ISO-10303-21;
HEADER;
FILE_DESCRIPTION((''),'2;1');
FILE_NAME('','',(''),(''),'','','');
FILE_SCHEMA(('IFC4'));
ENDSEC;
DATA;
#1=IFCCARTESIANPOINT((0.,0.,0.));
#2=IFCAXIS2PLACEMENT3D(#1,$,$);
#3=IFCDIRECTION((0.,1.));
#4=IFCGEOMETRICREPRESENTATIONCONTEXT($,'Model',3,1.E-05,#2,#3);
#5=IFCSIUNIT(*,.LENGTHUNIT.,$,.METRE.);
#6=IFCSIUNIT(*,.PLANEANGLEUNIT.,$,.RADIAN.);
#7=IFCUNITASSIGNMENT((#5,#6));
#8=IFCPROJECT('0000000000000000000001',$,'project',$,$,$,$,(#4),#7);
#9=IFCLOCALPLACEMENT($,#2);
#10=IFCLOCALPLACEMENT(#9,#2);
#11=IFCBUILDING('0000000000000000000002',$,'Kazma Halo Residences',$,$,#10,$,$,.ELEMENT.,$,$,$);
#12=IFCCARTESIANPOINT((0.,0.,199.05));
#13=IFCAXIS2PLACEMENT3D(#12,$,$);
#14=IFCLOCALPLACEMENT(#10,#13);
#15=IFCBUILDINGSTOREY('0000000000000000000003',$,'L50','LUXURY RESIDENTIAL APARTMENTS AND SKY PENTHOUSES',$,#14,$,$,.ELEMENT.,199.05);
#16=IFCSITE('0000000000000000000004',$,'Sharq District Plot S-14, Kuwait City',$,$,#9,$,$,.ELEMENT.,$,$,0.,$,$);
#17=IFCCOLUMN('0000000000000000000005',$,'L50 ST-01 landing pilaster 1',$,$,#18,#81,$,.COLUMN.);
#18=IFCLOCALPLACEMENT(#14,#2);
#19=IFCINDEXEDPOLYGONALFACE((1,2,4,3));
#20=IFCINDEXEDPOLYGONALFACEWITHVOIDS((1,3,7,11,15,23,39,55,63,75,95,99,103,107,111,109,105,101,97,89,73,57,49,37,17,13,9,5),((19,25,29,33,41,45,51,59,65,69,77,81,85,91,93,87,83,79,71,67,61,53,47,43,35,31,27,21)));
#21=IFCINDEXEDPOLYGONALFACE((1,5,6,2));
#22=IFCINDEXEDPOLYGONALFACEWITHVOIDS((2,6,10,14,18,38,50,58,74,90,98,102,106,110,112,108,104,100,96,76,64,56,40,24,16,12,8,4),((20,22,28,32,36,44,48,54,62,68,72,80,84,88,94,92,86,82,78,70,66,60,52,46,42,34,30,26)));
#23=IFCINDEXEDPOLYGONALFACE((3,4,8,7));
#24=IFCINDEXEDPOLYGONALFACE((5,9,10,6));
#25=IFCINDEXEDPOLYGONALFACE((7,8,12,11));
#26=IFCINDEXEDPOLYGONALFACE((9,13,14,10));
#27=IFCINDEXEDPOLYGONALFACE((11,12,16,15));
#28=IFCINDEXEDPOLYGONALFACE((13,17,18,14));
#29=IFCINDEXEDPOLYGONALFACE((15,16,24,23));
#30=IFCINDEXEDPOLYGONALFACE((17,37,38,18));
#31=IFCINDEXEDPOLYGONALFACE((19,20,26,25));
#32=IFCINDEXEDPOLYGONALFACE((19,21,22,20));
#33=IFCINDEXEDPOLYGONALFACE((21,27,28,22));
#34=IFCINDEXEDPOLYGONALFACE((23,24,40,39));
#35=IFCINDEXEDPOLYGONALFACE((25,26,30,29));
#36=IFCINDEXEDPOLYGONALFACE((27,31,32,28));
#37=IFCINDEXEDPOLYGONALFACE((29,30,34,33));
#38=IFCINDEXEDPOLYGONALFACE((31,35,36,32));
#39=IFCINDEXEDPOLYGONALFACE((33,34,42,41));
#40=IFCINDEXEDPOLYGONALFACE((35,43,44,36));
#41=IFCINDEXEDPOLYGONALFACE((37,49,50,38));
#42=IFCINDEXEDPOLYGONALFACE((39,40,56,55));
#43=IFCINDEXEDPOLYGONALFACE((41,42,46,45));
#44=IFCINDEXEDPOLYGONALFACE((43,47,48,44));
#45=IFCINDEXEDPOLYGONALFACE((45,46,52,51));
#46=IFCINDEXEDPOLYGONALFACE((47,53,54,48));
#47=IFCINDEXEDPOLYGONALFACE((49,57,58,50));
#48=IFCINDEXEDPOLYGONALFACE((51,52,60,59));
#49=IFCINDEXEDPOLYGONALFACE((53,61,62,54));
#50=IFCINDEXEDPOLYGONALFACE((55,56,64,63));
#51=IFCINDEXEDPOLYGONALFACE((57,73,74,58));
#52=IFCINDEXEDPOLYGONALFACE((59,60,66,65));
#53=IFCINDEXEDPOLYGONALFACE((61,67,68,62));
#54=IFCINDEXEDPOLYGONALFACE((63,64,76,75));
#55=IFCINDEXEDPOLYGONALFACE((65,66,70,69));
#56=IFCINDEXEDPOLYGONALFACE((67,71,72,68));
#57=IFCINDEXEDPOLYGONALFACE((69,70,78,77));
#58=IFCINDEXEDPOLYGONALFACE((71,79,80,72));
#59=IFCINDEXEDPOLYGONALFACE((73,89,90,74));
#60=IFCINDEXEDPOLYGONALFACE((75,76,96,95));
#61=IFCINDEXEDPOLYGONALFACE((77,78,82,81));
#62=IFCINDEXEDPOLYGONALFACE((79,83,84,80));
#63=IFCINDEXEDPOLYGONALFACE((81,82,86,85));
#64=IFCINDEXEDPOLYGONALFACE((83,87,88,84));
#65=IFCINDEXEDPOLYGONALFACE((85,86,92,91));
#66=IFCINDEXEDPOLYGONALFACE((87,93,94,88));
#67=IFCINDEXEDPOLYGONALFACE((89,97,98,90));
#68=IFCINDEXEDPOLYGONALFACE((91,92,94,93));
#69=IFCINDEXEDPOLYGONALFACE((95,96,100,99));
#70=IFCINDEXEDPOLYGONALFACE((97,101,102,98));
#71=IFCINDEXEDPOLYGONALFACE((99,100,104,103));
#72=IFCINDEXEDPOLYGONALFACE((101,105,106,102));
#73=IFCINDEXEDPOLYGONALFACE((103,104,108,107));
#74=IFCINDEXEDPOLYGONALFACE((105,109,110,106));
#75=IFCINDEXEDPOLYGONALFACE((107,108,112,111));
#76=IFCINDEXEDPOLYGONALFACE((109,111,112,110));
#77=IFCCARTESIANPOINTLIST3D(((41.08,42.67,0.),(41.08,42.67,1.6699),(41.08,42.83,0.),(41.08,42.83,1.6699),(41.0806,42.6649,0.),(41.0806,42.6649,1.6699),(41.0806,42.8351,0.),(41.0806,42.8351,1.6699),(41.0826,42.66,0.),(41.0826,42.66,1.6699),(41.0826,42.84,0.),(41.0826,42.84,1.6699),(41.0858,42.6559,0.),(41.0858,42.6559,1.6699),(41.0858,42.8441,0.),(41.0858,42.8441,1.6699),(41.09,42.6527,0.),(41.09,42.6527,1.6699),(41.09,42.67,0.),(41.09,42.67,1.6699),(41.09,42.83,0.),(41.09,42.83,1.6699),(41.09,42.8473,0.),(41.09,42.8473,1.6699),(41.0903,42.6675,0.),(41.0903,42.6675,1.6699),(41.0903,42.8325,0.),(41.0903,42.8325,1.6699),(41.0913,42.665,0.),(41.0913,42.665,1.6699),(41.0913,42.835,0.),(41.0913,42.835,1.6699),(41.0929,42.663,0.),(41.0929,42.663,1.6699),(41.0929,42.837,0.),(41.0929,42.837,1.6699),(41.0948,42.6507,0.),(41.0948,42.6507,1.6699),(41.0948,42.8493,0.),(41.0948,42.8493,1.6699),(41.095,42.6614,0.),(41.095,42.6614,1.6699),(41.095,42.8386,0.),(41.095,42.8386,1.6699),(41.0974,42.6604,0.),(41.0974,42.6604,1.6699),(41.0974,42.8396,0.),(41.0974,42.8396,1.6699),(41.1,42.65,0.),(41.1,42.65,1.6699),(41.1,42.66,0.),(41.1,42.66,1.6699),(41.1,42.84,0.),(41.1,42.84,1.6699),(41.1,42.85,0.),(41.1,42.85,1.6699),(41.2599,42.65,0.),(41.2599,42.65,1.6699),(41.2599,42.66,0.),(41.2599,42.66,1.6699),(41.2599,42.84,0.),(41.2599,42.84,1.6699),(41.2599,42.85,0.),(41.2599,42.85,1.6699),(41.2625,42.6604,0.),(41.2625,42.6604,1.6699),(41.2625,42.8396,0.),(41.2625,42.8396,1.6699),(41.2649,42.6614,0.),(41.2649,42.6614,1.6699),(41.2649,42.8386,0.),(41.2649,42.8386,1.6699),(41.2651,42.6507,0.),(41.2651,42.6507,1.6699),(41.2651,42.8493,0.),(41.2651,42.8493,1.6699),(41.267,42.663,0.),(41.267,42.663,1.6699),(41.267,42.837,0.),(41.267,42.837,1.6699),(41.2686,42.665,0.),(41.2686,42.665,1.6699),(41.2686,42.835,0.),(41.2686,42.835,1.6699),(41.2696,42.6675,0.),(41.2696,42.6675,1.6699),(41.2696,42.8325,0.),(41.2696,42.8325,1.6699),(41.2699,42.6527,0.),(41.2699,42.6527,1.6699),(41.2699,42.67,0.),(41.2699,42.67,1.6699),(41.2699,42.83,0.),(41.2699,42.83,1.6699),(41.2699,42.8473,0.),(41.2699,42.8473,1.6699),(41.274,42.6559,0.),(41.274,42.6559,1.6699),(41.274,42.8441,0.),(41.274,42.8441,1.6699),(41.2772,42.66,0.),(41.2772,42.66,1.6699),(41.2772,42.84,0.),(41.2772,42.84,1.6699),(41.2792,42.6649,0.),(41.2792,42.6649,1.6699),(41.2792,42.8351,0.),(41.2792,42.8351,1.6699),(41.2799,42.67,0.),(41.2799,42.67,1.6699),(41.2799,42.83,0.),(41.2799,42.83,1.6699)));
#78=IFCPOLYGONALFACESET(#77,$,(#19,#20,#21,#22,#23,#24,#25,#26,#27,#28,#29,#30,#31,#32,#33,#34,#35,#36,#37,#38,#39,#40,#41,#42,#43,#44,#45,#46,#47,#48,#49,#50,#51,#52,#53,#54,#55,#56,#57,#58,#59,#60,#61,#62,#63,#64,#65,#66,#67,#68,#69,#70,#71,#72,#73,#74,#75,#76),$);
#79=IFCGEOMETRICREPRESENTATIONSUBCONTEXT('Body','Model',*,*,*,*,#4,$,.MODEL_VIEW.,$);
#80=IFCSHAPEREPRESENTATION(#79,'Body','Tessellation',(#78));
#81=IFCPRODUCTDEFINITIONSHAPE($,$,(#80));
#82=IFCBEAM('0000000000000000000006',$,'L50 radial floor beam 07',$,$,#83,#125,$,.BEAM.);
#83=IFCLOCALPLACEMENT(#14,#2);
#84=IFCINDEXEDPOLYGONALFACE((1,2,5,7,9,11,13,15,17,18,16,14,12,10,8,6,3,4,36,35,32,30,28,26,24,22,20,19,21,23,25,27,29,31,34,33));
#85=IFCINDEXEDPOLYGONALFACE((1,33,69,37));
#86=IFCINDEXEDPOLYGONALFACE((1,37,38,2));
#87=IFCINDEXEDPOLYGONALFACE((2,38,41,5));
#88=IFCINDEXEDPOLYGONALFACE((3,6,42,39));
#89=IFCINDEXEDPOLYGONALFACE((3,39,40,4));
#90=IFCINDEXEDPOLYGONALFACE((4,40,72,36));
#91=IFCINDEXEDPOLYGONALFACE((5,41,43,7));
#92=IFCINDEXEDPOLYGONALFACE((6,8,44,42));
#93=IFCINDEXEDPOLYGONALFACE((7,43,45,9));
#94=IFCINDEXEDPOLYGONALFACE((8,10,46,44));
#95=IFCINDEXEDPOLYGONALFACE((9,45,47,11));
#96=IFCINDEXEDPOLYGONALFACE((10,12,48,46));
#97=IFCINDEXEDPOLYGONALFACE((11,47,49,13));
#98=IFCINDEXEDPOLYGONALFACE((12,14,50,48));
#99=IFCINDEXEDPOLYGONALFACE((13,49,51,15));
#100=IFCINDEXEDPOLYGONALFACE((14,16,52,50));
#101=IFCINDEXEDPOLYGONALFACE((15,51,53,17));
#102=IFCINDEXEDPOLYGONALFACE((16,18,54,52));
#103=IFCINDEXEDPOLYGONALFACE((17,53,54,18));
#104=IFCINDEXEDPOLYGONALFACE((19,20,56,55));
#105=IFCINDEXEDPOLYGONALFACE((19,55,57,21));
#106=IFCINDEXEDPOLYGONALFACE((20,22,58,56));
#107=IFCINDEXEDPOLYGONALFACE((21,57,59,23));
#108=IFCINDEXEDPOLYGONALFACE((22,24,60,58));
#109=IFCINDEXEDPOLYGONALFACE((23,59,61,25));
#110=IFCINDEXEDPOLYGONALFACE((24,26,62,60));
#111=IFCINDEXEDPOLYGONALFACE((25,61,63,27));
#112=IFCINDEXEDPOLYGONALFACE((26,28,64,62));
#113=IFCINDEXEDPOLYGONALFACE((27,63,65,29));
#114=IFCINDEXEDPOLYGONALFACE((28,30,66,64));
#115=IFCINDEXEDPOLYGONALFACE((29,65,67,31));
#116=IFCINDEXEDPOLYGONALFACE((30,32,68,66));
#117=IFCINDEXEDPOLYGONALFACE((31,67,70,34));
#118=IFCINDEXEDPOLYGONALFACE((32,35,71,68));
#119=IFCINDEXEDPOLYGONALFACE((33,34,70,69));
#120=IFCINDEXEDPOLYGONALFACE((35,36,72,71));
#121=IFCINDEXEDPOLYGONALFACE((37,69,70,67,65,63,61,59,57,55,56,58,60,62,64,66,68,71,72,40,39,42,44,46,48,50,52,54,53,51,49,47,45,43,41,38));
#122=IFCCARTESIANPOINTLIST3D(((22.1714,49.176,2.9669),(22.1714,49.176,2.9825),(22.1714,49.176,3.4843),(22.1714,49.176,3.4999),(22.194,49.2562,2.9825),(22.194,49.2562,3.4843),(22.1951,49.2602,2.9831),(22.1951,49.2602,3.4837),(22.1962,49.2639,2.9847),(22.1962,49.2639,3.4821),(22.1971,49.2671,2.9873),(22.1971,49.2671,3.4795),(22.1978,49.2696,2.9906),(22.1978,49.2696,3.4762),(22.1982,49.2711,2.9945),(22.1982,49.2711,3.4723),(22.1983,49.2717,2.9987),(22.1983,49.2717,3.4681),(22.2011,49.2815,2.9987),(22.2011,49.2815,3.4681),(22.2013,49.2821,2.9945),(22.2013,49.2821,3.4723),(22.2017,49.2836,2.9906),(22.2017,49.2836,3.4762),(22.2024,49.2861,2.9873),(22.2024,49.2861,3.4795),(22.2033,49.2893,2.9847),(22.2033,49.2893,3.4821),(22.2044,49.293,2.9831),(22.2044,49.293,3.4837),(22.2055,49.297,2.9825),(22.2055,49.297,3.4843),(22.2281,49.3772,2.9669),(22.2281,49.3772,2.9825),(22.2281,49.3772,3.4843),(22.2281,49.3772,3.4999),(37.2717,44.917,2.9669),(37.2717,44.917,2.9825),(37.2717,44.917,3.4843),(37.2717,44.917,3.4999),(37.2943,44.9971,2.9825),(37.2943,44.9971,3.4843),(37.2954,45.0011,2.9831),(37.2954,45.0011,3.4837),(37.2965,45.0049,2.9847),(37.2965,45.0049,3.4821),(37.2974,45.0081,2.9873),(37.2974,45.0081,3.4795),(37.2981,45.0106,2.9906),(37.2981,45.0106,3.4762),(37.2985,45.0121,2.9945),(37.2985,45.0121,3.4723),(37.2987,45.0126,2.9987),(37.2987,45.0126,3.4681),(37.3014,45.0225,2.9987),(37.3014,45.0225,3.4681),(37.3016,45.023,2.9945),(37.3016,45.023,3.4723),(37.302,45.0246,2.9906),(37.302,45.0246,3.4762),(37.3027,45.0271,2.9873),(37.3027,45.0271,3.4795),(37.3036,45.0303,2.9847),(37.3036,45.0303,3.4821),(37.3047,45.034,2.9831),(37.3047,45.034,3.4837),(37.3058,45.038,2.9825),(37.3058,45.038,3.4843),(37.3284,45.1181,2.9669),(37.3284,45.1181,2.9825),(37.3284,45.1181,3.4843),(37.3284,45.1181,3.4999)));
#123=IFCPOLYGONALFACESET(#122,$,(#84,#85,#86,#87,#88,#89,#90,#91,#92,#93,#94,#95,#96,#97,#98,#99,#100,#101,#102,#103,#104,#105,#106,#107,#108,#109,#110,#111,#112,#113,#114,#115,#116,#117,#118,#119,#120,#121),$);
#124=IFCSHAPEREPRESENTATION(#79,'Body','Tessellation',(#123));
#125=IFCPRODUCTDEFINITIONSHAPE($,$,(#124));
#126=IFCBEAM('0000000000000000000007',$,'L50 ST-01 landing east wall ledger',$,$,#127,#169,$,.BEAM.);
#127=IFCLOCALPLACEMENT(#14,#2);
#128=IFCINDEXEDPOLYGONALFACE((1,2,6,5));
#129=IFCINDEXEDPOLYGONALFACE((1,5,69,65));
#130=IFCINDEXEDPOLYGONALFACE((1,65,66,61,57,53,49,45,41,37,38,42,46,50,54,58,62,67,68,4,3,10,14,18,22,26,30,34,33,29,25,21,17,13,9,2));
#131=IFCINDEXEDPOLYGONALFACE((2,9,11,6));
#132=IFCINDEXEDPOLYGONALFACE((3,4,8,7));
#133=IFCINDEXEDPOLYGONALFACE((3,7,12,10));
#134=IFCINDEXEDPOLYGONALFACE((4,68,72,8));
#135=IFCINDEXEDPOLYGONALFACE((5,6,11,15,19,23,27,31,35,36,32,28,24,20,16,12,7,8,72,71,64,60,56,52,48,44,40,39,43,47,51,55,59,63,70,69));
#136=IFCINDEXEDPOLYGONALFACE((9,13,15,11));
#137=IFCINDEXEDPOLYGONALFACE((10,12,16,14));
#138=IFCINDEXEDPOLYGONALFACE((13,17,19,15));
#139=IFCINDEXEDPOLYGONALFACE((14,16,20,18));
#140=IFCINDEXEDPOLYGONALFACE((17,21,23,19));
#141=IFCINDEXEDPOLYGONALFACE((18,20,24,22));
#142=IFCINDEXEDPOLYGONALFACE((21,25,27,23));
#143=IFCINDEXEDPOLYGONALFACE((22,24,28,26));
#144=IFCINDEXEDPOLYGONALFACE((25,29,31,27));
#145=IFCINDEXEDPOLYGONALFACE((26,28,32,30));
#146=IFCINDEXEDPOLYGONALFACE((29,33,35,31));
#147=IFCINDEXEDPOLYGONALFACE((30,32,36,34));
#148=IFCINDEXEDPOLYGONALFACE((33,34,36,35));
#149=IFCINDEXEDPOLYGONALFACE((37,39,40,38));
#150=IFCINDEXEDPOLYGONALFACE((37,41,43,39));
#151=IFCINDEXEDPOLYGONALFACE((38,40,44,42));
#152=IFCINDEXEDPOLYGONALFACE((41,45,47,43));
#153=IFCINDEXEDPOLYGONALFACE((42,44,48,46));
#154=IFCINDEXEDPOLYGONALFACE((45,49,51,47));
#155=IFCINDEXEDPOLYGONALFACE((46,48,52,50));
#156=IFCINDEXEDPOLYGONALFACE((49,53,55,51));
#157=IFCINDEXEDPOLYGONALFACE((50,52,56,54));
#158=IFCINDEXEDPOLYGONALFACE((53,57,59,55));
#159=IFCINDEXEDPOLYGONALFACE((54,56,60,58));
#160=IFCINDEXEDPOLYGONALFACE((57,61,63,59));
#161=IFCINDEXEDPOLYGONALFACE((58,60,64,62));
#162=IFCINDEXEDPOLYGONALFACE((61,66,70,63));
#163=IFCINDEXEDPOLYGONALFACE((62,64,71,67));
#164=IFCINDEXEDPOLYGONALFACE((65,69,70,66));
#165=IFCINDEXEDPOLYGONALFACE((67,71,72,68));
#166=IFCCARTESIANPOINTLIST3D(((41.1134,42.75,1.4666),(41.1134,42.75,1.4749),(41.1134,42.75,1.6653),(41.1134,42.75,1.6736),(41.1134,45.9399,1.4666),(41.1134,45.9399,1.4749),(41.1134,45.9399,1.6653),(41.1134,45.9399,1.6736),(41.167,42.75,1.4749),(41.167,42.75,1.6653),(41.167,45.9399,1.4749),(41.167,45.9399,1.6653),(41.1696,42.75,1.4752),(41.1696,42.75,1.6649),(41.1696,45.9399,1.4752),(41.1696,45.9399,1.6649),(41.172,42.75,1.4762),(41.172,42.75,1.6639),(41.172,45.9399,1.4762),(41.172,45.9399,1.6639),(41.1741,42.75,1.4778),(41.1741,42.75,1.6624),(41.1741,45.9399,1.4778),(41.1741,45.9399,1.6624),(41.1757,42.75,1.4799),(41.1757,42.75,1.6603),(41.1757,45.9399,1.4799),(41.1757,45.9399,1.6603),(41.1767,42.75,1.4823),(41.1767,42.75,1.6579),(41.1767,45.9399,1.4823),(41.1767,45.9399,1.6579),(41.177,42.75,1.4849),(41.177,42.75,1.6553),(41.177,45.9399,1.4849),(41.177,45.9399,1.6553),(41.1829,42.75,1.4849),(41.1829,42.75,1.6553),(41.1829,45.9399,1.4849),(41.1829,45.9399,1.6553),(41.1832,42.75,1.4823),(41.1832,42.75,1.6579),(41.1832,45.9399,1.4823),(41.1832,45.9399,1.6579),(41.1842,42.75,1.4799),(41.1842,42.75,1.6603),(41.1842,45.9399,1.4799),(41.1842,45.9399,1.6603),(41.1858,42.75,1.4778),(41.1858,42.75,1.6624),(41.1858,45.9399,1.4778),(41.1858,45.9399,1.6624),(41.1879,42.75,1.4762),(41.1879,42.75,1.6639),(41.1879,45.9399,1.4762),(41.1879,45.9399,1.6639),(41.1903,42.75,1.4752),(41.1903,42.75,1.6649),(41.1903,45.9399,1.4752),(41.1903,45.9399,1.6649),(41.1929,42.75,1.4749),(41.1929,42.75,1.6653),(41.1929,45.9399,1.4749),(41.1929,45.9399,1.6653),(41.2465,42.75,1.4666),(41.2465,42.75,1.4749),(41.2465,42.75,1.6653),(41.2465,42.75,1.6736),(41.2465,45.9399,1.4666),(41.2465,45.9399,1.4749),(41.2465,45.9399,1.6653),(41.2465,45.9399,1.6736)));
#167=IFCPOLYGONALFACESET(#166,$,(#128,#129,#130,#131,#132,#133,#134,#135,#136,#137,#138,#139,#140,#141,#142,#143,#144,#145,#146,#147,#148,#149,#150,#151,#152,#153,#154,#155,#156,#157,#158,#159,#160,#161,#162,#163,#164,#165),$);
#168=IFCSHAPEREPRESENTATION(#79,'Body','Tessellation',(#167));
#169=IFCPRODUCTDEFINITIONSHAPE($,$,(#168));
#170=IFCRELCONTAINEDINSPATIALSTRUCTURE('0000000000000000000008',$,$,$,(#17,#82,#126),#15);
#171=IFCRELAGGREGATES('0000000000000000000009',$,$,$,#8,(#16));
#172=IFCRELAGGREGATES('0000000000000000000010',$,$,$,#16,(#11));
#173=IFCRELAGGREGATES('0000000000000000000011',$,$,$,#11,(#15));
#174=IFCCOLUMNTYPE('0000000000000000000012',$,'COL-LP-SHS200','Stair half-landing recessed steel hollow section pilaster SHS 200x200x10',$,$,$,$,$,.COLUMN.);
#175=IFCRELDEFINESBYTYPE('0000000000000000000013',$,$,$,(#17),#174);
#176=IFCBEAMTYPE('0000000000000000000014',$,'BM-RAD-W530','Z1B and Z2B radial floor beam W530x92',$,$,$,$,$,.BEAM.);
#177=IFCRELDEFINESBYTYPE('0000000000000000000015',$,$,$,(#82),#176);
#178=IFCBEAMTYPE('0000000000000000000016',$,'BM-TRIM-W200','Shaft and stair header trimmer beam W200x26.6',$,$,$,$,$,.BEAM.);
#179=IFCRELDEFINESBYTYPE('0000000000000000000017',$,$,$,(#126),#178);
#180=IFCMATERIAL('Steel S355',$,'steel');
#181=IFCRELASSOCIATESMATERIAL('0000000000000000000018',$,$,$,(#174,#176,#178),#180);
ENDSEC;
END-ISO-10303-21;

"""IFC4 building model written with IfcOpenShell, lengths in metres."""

from ifc_helpers import new_model, si_unit, direction, frame, origin, origin_2d, place, context, subcontext, project, spatial, hollow_rectangle, i_section, extrude, material, material_profile, profile_set, type_object, element, save


model = new_model("IFC4")

# Units and contexts
model_context = context("Model", 3, precision=1e-05, world=origin(), true_north=direction((0.0, 1.0)))
body_context = subcontext(model_context, "Body", "Model", "MODEL_VIEW")
ifc_project = project(units=[si_unit("LENGTHUNIT", "METRE"), si_unit("PLANEANGLEUNIT", "RADIAN")], contexts=[model_context])

# Site, building, storey
site_placement = place(None, origin())
site = spatial("IfcSite", under=ifc_project, at=site_placement, Name="Sharq District Plot S-14, Kuwait City", CompositionType="ELEMENT", RefElevation=0.0)
building_placement = place(site_placement, origin())
building = spatial("IfcBuilding", under=site, at=building_placement, Name="Kazma Halo Residences", CompositionType="ELEMENT")
storey_placement = place(building_placement, frame((0.0, 0.0, 199.05)))
storey = spatial("IfcBuildingStorey", under=building, at=storey_placement, Name="L50", Description="LUXURY RESIDENTIAL APARTMENTS AND SKY PENTHOUSES", CompositionType="ELEMENT", Elevation=199.05)

# Column
ifc_material_1 = material(Name="Steel S355", Category="steel")
ifc_material_profile_1 = material_profile(ifc_material_1, hollow_rectangle(XDim=0.2, YDim=0.2, WallThickness=0.01, InnerFilletRadius=0.01, OuterFilletRadius=0.02, at=origin_2d()), Name="SHS200x200x10")
ifc_profile_set_1 = profile_set([ifc_material_profile_1], Name="Steel S355")
column_type = type_object("IfcColumnType", Name="COL-LP-SHS200", Description="Stair half-landing recessed steel hollow section pilaster SHS 200x200x10", PredefinedType="COLUMN", material=ifc_profile_set_1)
column_placement = place(storey_placement, frame((41.1799, 42.75, 0.0), z_axis=(0.0, 0.0, 1.0), x_axis=(1.0, 0.0, 0.0)))
element("IfcColumn", 1, at=column_placement, inside=storey, type_object=column_type, Name="L50 ST-01 landing pilaster 1", PredefinedType="COLUMN", context=body_context, shape_type="SweptSolid", body=[
    extrude(hollow_rectangle(XDim=0.2, YDim=0.2, WallThickness=0.01, InnerFilletRadius=0.01, OuterFilletRadius=0.02, at=origin_2d()), origin(), (0.0, 0.0, 1.0), 1.6699),
])

# Beams
ifc_material_profile_2 = material_profile(ifc_material_1, i_section(OverallWidth=0.209, OverallDepth=0.533, WebThickness=0.0103, FlangeThickness=0.0156, FilletRadius=0.0161, at=origin_2d()), Name="W530x92")
ifc_profile_set_2 = profile_set([ifc_material_profile_2], Name="Steel S355")
beam_type_1 = type_object("IfcBeamType", Name="BM-RAD-W530", Description="Z1B and Z2B radial floor beam W530x92", PredefinedType="BEAM", material=ifc_profile_set_2)
beam_1_placement = place(storey_placement, frame((37.3, 45.0176, 3.2334), z_axis=(-0.96245, 0.271458, 0.0), x_axis=(-0.271458, -0.96245, 0.0)))
element("IfcBeam", 2, at=beam_1_placement, inside=storey, type_object=beam_type_1, Name="L50 radial floor beam 07", PredefinedType="BEAM", context=body_context, shape_type="SweptSolid", body=[
    extrude(i_section(OverallWidth=0.209, OverallDepth=0.533, WebThickness=0.0103, FlangeThickness=0.0156, FilletRadius=0.0161, at=origin_2d()), origin(), (0.0, 0.0, 1.0), 15.6895),
])
ifc_material_profile_3 = material_profile(ifc_material_1, i_section(OverallWidth=0.1331, OverallDepth=0.207, WebThickness=0.0059, FlangeThickness=0.0083, FilletRadius=0.01, at=origin_2d()), Name="W200x26.6")
ifc_profile_set_3 = profile_set([ifc_material_profile_3], Name="Steel S355")
beam_type_2 = type_object("IfcBeamType", Name="BM-TRIM-W200", Description="Shaft and stair header trimmer beam W200x26.6", PredefinedType="BEAM", material=ifc_profile_set_3)
beam_2_placement = place(storey_placement, frame((41.1799, 42.75, 1.5701), z_axis=(0.0, 1.0, 0.0), x_axis=(-1.0, 0.0, 0.0)))
element("IfcBeam", 3, at=beam_2_placement, inside=storey, type_object=beam_type_2, Name="L50 ST-01 landing east wall ledger", PredefinedType="BEAM", context=body_context, shape_type="SweptSolid", body=[
    extrude(i_section(OverallWidth=0.1331, OverallDepth=0.207, WebThickness=0.0059, FlangeThickness=0.0083, FilletRadius=0.01, at=origin_2d()), origin(), (0.0, 0.0, 1.0), 3.1899),
])

save(model, "model.ifc")
